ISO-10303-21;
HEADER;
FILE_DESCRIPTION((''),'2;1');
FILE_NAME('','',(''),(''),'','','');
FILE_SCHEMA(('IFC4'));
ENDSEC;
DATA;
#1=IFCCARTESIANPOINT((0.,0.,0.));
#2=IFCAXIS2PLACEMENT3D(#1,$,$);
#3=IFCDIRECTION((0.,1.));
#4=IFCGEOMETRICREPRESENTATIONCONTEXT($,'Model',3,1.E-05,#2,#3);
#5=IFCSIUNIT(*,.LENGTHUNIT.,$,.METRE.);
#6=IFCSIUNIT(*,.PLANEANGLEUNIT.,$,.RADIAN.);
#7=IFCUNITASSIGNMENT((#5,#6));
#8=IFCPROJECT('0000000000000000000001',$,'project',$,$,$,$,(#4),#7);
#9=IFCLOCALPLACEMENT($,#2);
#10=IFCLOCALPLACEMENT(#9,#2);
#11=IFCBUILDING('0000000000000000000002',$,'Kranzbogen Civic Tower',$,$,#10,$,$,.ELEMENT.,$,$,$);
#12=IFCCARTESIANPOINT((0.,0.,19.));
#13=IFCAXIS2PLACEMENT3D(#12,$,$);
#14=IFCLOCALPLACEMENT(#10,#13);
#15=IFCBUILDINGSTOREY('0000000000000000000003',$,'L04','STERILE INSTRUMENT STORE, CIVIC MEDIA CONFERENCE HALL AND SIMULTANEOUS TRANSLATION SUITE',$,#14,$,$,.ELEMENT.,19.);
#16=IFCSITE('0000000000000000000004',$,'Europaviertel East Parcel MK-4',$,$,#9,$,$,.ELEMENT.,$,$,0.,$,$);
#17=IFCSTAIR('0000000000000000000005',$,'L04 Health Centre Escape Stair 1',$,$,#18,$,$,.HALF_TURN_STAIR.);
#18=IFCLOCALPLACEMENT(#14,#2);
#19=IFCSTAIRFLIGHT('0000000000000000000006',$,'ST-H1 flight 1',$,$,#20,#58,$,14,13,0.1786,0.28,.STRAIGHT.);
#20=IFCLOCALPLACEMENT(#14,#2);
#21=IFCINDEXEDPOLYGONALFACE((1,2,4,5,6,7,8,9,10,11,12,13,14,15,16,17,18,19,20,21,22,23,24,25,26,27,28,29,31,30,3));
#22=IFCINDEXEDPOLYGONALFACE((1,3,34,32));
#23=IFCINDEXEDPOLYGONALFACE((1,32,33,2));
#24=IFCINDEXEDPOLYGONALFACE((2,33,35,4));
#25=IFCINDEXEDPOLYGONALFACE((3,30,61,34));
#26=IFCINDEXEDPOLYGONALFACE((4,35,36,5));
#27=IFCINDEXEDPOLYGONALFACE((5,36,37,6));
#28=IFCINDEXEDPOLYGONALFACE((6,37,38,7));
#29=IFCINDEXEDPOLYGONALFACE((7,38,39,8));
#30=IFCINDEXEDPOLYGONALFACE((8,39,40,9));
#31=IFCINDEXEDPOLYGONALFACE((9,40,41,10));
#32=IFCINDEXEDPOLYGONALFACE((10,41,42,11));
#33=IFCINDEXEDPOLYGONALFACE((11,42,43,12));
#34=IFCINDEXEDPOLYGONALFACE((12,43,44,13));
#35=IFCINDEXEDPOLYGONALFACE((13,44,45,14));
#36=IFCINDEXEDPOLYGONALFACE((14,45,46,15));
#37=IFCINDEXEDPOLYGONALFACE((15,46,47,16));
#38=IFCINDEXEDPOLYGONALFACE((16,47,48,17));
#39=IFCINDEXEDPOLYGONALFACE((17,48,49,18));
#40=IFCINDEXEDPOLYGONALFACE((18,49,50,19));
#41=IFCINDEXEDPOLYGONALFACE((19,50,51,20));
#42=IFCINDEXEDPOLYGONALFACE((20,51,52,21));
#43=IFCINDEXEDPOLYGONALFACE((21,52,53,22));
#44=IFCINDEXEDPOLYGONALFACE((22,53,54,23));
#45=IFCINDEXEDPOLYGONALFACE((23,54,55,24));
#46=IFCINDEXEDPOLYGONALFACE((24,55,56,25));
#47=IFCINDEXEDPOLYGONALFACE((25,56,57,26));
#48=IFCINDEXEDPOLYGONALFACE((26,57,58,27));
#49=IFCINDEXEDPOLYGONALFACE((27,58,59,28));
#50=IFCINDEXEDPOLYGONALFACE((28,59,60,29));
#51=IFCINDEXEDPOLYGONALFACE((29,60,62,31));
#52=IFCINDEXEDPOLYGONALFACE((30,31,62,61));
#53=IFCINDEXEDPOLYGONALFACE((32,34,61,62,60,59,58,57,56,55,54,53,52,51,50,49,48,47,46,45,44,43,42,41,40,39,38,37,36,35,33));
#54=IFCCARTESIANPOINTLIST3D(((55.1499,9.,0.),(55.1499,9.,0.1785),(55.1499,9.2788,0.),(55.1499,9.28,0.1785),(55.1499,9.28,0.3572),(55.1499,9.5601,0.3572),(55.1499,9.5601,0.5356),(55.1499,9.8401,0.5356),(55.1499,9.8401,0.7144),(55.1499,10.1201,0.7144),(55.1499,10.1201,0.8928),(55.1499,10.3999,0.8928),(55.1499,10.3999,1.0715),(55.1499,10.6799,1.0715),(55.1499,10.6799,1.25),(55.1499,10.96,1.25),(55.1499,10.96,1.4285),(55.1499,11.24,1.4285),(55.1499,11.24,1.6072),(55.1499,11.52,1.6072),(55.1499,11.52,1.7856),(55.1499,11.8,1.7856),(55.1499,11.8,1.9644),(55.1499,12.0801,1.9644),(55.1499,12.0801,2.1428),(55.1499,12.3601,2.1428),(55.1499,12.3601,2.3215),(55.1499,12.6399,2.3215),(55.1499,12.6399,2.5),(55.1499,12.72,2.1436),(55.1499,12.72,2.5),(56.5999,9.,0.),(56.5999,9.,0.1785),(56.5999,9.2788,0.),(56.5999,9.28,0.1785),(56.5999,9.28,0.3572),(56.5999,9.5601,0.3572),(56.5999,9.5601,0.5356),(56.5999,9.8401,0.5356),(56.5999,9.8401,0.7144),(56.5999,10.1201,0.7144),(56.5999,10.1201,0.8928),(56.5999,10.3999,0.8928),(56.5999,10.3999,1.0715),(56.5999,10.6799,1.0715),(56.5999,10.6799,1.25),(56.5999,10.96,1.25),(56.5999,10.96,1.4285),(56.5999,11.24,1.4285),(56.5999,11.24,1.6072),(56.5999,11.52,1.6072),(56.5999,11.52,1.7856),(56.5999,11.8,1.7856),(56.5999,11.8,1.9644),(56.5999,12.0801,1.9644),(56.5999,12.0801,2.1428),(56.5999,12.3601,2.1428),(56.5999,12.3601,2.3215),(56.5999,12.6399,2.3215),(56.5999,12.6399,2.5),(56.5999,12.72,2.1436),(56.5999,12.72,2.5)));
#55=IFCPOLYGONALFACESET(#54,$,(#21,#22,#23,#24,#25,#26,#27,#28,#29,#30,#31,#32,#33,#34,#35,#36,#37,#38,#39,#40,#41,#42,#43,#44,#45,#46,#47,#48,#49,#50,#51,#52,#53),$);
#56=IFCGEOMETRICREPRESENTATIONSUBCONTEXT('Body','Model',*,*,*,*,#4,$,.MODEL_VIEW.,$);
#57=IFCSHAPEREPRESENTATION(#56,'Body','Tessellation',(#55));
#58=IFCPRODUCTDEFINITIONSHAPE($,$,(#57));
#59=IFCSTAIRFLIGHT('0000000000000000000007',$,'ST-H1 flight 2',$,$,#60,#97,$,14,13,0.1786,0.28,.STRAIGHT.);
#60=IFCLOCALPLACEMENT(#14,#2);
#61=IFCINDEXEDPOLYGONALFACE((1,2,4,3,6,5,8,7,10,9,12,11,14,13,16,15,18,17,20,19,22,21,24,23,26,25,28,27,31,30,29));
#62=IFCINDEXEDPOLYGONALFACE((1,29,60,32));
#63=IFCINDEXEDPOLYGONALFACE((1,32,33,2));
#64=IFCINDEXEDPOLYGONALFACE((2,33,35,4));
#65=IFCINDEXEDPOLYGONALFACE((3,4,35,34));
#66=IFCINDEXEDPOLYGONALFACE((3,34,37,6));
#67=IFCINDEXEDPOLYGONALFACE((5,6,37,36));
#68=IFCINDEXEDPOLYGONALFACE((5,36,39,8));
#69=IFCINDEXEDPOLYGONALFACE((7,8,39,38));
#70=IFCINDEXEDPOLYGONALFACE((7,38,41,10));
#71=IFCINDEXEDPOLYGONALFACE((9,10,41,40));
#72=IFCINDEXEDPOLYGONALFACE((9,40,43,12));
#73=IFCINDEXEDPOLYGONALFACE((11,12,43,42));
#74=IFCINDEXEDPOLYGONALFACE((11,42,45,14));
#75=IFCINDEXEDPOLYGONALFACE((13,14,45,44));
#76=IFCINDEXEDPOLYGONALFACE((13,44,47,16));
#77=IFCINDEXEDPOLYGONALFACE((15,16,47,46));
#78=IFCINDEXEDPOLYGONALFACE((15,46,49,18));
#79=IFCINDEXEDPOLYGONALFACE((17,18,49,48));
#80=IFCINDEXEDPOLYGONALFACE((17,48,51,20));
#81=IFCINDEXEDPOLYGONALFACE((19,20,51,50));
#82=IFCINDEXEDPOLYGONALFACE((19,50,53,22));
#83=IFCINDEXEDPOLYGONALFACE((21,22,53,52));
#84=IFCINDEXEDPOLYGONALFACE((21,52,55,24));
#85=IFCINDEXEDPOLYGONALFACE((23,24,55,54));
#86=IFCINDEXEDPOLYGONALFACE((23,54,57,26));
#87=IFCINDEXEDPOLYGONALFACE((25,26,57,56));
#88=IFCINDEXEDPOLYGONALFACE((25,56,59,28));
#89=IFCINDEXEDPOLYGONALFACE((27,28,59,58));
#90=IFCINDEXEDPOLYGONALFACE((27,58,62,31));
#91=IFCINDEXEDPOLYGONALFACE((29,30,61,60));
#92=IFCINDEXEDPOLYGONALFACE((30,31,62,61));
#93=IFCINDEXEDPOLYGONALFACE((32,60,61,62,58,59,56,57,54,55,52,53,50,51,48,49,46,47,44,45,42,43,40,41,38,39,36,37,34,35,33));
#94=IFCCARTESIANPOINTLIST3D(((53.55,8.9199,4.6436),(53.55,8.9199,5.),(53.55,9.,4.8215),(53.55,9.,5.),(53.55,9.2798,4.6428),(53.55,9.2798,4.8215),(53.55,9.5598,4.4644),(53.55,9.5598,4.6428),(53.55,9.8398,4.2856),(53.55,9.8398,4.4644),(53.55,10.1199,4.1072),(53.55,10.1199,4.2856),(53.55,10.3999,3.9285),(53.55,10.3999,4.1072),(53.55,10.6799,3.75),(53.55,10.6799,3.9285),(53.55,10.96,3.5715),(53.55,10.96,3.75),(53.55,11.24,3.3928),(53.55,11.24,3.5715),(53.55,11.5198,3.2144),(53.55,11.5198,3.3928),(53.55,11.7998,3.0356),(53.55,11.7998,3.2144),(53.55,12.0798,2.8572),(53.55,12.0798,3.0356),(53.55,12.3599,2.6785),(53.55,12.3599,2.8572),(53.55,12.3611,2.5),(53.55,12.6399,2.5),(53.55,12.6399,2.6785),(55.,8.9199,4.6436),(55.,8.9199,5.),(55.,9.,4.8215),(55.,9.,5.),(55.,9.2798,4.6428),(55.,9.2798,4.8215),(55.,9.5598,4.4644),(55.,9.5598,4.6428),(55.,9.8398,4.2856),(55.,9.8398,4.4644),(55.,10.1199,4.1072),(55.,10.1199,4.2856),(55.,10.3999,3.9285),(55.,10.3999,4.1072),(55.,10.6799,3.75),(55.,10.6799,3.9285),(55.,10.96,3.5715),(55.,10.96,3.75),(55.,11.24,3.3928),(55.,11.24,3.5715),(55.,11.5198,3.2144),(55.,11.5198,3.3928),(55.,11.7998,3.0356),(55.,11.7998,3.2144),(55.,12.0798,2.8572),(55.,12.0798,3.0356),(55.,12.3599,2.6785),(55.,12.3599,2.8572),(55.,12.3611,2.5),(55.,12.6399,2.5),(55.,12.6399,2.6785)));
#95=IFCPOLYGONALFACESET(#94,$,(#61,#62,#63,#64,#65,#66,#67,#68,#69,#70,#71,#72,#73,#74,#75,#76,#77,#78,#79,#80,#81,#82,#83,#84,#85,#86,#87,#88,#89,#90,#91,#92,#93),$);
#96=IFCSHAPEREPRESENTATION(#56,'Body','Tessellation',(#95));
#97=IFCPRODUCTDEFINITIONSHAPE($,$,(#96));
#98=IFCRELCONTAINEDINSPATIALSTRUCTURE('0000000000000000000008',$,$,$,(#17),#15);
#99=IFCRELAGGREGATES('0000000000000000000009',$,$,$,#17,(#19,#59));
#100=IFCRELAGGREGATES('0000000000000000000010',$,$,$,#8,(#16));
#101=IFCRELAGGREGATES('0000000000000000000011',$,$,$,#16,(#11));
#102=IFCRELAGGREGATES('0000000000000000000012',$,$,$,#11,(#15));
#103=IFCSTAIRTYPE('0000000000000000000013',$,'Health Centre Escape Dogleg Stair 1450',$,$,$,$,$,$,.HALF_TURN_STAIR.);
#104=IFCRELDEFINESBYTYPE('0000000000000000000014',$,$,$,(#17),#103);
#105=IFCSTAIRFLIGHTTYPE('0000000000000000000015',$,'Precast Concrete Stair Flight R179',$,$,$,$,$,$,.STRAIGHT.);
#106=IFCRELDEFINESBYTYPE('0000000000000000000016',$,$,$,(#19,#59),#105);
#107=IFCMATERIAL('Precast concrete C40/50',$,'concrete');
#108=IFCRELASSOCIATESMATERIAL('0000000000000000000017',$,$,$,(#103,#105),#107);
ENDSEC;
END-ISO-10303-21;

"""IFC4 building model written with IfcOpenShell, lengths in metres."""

from ifc_helpers import new_model, si_unit, direction, frame, origin, place, context, subcontext, project, spatial, polyline, outline, extrude, material, type_object, element, aggregate, save


model = new_model("IFC4")

# Units and contexts
model_context = context("Model", 3, precision=1e-05, world=origin(), true_north=direction((0.0, 1.0)))
body_context = subcontext(model_context, "Body", "Model", "MODEL_VIEW")
ifc_project = project(units=[si_unit("LENGTHUNIT", "METRE"), si_unit("PLANEANGLEUNIT", "RADIAN")], contexts=[model_context])

# Site, building, storey
site_placement = place(None, origin())
site = spatial("IfcSite", under=ifc_project, at=site_placement, Name="Europaviertel East Parcel MK-4", CompositionType="ELEMENT", RefElevation=0.0)
building_placement = place(site_placement, origin())
building = spatial("IfcBuilding", under=site, at=building_placement, Name="Kranzbogen Civic Tower", CompositionType="ELEMENT")
storey_placement = place(building_placement, frame((0.0, 0.0, 19.0)))
storey = spatial("IfcBuildingStorey", under=building, at=storey_placement, Name="L04", Description="STERILE INSTRUMENT STORE, CIVIC MEDIA CONFERENCE HALL AND SIMULTANEOUS TRANSLATION SUITE", CompositionType="ELEMENT", Elevation=19.0)

# Shared definitions
ifc_material_1 = material(Name="Precast concrete C40/50", Category="concrete")

# Stair, stair flights
stair_type = type_object("IfcStairType", Name="Health Centre Escape Dogleg Stair 1450", PredefinedType="HALF_TURN_STAIR", material=ifc_material_1)
stair_placement = place(storey_placement, origin())
stair = element("IfcStair", 1, at=stair_placement, inside=storey, type_object=stair_type, Name="L04 Health Centre Escape Stair 1", PredefinedType="HALF_TURN_STAIR")
stair_flight_type = type_object("IfcStairFlightType", Name="Precast Concrete Stair Flight R179", PredefinedType="STRAIGHT", material=ifc_material_1)
stair_flight_1_placement = place(storey_placement, frame((55.875, 9.0, 0.0), z_axis=(0.0, 0.0, 1.0), x_axis=(0.0, 1.0, 0.0)))
stair_flight_1 = element("IfcStairFlight", 2, at=stair_flight_1_placement, type_object=stair_flight_type, Name="ST-H1 flight 1", NumberOfRisers=14, NumberOfTreads=13, PredefinedType="STRAIGHT", RiserHeight=0.1786, TreadLength=0.28, context=body_context, shape_type="SweptSolid", body=[
    extrude(outline(polyline([(0.0, 0.0), (0.0, 0.1785), (0.28, 0.1785), (0.28, 0.3572), (0.5601, 0.3572), (0.5601, 0.5356), (0.8401, 0.5356), (0.8401, 0.7144), (1.1201, 0.7144), (1.1201, 0.8928), (1.3999, 0.8928), (1.3999, 1.0715), (1.6799, 1.0715), (1.6799, 1.25), (1.96, 1.25), (1.96, 1.4285), (2.24, 1.4285), (2.24, 1.6072), (2.52, 1.6072), (2.52, 1.7856), (2.8, 1.7856), (2.8, 1.9644), (3.0801, 1.9644), (3.0801, 2.1428), (3.3601, 2.1428), (3.3601, 2.3215), (3.6399, 2.3215), (3.6399, 2.5), (3.72, 2.5), (3.72, 2.1436), (0.2788, 0.0), (0.0, 0.0)])), frame((0.0, 0.7251, 0.0), z_axis=(0.0, -1.0, 0.0), x_axis=(1.0, 0.0, 0.0)), (0.0, 0.0, 1.0), 1.45),
])
stair_flight_2_placement = place(storey_placement, frame((54.2749, 12.6399, 2.5), z_axis=(0.0, 0.0, 1.0), x_axis=(0.0, -1.0, 0.0)))
stair_flight_2 = element("IfcStairFlight", 3, at=stair_flight_2_placement, type_object=stair_flight_type, Name="ST-H1 flight 2", NumberOfRisers=14, NumberOfTreads=13, PredefinedType="STRAIGHT", RiserHeight=0.1786, TreadLength=0.28, context=body_context, shape_type="SweptSolid", body=[
    extrude(outline(polyline([(0.0, 0.0), (0.0, 0.1785), (0.28, 0.1785), (0.28, 0.3572), (0.5601, 0.3572), (0.5601, 0.5356), (0.8401, 0.5356), (0.8401, 0.7144), (1.1201, 0.7144), (1.1201, 0.8928), (1.3999, 0.8928), (1.3999, 1.0715), (1.6799, 1.0715), (1.6799, 1.25), (1.96, 1.25), (1.96, 1.4285), (2.24, 1.4285), (2.24, 1.6072), (2.52, 1.6072), (2.52, 1.7856), (2.8, 1.7856), (2.8, 1.9644), (3.0801, 1.9644), (3.0801, 2.1428), (3.3601, 2.1428), (3.3601, 2.3215), (3.6399, 2.3215), (3.6399, 2.5), (3.72, 2.5), (3.72, 2.1436), (0.2788, 0.0), (0.0, 0.0)])), frame((0.0, 0.7251, 0.0), z_axis=(0.0, -1.0, 0.0), x_axis=(1.0, 0.0, 0.0)), (0.0, 0.0, 1.0), 1.45),
])
aggregate(stair, [stair_flight_1, stair_flight_2])

save(model, "model.ifc")
